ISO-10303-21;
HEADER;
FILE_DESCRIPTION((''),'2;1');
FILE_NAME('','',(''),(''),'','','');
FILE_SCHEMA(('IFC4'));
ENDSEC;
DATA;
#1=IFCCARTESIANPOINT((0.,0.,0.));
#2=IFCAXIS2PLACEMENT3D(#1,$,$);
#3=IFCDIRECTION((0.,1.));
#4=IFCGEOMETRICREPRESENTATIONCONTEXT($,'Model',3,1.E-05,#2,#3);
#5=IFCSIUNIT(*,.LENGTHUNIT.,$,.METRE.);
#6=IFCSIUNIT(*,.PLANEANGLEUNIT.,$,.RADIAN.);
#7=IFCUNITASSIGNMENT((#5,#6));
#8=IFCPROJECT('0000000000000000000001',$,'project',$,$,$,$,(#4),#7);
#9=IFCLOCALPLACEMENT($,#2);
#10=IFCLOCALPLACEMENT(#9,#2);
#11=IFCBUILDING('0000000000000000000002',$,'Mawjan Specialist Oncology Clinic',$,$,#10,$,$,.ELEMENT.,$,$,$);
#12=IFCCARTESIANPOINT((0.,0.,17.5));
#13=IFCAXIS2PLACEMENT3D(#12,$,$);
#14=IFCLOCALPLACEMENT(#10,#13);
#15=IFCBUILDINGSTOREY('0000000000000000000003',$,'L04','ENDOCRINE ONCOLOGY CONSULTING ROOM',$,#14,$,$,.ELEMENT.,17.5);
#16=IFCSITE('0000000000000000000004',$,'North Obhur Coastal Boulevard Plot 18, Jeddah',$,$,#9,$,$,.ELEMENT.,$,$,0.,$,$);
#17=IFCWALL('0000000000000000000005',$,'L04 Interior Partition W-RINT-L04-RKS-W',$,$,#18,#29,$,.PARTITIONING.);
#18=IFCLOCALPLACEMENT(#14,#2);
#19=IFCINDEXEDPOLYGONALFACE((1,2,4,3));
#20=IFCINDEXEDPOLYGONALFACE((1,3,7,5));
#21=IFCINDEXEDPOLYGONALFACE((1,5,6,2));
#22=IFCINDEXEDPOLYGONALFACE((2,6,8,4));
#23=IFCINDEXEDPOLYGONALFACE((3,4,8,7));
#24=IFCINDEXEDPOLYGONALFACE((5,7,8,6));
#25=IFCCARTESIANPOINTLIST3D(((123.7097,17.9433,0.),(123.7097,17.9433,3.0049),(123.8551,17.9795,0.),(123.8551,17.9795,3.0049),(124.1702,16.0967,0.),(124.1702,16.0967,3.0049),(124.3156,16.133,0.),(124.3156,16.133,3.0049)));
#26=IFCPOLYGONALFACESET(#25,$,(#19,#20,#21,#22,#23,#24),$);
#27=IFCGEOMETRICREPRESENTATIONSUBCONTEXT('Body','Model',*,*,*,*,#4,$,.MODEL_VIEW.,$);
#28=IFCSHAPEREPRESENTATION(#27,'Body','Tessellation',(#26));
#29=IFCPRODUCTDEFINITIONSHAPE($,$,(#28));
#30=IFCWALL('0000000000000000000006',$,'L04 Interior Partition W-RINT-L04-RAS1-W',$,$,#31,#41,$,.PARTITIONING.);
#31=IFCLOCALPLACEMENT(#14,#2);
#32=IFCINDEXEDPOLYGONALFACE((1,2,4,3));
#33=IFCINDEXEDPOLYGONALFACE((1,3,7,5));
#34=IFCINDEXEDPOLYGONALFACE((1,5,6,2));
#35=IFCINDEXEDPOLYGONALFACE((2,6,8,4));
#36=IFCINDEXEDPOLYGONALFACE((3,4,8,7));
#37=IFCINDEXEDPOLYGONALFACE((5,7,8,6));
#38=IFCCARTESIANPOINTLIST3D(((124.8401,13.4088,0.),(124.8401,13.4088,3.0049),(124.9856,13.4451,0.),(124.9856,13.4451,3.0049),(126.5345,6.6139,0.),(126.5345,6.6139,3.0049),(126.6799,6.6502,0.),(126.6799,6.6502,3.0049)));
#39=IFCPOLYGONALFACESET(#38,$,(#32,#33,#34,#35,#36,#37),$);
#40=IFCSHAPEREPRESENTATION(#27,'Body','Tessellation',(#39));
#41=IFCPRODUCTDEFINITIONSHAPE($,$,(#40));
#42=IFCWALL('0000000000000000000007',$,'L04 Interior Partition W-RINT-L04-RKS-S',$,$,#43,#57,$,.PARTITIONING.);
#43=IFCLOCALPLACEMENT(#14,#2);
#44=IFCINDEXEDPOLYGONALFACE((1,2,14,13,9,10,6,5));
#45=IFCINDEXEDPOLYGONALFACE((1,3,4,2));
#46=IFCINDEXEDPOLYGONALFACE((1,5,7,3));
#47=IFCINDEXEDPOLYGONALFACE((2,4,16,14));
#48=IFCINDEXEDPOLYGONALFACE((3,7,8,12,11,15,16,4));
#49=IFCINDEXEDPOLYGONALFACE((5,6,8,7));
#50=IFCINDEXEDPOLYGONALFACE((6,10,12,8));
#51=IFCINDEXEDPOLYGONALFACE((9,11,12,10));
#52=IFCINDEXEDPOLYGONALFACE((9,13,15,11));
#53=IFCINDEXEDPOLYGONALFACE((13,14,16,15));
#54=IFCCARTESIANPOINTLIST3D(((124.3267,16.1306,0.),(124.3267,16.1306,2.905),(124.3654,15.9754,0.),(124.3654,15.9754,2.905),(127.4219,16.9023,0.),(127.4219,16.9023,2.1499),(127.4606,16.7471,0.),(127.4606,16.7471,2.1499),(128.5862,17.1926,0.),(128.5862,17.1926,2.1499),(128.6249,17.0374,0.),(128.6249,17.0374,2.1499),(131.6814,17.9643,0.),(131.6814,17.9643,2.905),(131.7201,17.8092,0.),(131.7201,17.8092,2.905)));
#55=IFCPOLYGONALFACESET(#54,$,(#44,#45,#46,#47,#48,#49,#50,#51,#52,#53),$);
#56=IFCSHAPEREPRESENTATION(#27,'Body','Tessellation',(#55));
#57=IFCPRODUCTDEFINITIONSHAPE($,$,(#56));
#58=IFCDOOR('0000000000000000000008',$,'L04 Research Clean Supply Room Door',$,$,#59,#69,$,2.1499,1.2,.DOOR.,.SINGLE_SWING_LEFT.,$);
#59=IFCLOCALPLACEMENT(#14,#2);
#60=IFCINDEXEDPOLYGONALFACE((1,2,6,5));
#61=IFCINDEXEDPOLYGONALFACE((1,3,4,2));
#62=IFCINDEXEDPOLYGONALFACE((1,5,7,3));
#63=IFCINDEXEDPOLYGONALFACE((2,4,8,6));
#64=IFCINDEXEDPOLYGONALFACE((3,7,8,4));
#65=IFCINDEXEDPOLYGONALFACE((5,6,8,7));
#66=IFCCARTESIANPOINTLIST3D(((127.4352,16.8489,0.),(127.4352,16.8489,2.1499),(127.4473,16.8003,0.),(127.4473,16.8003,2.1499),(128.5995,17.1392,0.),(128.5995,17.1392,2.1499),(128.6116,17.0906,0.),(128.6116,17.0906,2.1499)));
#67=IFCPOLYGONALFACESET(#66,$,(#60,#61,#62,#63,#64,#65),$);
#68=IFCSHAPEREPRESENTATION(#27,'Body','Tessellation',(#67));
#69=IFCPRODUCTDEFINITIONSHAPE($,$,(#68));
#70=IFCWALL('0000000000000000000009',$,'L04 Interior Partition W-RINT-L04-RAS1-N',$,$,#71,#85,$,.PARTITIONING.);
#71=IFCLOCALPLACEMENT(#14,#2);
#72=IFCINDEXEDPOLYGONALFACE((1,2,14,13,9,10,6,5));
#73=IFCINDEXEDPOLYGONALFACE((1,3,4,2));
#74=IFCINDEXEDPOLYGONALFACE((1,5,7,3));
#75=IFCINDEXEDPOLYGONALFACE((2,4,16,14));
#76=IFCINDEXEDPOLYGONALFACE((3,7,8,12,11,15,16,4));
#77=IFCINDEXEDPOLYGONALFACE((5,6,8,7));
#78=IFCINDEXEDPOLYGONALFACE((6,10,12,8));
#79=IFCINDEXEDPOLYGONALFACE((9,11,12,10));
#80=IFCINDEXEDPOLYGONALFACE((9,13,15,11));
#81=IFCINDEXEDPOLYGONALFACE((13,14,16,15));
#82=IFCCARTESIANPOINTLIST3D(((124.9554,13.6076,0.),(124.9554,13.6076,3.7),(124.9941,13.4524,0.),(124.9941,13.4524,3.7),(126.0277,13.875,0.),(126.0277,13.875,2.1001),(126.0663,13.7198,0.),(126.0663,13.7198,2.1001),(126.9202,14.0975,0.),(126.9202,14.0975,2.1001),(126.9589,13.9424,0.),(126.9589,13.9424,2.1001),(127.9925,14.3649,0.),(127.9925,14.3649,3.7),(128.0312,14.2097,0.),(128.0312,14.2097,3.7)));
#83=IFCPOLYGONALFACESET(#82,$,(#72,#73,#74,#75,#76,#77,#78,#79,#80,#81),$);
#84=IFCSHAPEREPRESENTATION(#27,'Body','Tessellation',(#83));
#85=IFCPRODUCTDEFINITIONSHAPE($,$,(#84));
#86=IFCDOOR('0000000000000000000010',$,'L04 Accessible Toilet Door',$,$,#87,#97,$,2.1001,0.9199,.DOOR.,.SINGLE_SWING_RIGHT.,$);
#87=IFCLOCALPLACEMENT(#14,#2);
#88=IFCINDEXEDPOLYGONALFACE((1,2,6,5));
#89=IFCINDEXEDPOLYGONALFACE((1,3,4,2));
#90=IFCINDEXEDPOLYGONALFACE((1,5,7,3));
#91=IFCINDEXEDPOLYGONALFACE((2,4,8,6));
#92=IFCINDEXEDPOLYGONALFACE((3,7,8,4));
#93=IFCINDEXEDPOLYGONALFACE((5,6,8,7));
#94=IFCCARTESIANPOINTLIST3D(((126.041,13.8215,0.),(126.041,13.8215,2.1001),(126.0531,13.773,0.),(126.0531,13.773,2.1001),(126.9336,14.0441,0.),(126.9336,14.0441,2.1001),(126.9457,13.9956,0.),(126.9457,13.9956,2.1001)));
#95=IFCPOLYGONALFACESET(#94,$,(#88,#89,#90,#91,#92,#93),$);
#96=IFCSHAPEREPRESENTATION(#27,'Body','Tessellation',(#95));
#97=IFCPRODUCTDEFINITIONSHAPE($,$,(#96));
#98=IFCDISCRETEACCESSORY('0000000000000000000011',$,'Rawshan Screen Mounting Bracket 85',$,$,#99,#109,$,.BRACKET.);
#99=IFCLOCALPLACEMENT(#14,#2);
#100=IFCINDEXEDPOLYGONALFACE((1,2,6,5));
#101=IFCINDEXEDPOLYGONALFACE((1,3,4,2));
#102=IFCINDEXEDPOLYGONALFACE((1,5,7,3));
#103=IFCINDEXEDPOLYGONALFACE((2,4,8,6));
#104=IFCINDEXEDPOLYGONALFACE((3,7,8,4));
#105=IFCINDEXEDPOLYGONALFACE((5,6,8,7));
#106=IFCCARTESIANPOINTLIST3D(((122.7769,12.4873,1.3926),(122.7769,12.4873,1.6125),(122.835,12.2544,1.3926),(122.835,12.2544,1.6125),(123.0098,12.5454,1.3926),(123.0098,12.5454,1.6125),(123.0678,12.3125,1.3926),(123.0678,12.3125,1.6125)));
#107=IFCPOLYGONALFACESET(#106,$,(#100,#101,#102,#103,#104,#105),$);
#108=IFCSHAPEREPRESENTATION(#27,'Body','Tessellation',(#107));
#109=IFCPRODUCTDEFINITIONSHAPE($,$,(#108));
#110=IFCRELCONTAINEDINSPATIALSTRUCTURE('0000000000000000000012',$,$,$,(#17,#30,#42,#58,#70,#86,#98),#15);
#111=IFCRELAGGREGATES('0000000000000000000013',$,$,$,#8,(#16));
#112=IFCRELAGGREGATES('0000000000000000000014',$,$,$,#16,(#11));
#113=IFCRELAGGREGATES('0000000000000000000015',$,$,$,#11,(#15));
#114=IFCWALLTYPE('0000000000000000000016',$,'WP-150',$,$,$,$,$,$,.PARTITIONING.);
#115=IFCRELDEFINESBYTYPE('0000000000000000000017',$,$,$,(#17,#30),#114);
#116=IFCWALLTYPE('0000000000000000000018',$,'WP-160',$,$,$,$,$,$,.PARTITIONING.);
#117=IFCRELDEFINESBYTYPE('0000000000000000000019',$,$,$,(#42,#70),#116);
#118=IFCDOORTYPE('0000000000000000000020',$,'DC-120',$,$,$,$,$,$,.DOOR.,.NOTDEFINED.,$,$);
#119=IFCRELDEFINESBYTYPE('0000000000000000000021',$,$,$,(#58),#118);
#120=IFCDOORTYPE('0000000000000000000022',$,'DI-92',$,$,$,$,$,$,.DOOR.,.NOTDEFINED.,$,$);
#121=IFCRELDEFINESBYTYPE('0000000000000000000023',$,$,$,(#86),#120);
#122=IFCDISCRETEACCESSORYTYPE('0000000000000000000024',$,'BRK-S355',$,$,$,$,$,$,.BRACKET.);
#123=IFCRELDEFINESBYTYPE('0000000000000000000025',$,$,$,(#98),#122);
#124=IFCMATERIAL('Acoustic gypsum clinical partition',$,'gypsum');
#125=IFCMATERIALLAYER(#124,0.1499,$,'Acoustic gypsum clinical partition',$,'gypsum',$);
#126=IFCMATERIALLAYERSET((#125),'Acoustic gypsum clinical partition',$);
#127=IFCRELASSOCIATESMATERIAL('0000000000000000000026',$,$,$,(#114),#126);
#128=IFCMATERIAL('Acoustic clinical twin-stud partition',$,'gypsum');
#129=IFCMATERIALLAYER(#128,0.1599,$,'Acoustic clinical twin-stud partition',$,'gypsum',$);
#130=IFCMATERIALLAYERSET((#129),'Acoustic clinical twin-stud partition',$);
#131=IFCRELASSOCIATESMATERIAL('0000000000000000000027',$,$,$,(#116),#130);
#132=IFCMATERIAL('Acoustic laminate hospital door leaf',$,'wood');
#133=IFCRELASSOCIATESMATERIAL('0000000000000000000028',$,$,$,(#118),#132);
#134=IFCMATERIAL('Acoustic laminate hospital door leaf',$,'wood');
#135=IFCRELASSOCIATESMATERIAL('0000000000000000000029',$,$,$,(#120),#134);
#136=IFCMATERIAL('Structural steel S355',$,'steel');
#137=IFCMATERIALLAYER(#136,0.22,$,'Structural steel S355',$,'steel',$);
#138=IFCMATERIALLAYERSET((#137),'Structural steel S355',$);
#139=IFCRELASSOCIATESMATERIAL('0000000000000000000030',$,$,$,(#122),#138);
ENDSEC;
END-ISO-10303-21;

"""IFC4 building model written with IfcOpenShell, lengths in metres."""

from ifc_helpers import new_model, si_unit, direction, frame, frame_2d, origin, origin_2d, place, context, subcontext, project, spatial, rectangle, extrude, material, layer, layer_set, type_object, element, fill, save


model = new_model("IFC4")

# Units and contexts
model_context = context("Model", 3, precision=1e-05, world=origin(), true_north=direction((0.0, 1.0)))
body_context = subcontext(model_context, "Body", "Model", "MODEL_VIEW")
ifc_project = project(units=[si_unit("LENGTHUNIT", "METRE"), si_unit("PLANEANGLEUNIT", "RADIAN")], contexts=[model_context])

# Site, building, storey
site_placement = place(None, origin())
site = spatial("IfcSite", under=ifc_project, at=site_placement, Name="North Obhur Coastal Boulevard Plot 18, Jeddah", CompositionType="ELEMENT", RefElevation=0.0)
building_placement = place(site_placement, origin())
building = spatial("IfcBuilding", under=site, at=building_placement, Name="Mawjan Specialist Oncology Clinic", CompositionType="ELEMENT")
storey_placement = place(building_placement, frame((0.0, 0.0, 17.5)))
storey = spatial("IfcBuildingStorey", under=building, at=storey_placement, Name="L04", Description="ENDOCRINE ONCOLOGY CONSULTING ROOM", CompositionType="ELEMENT", Elevation=17.5)

# Walls
ifc_material_1 = material(Name="Acoustic gypsum clinical partition", Category="gypsum")
ifc_layer_1 = layer(ifc_material_1, 0.1499, Name="Acoustic gypsum clinical partition", Category="gypsum")
ifc_layer_set_1 = layer_set([ifc_layer_1], Name="Acoustic gypsum clinical partition")
wall_type_1 = type_object("IfcWallType", Name="WP-150", PredefinedType="PARTITIONING", material=ifc_layer_set_1)
wall_1_placement = place(storey_placement, frame((124.2429, 16.1147, 0.0), z_axis=(0.0, 0.0, 1.0), x_axis=(-0.241962, 0.970286, 0.0)))
element("IfcWall", 1, at=wall_1_placement, inside=storey, type_object=wall_type_1, Name="L04 Interior Partition W-RINT-L04-RKS-W", PredefinedType="PARTITIONING", context=body_context, shape_type="SweptSolid", body=[
    extrude(rectangle(XDim=1.9031, YDim=0.1499, at=frame_2d((0.9517, 0.0))), origin(), (0.0, 0.0, 1.0), 3.0049),
])
wall_2_placement = place(storey_placement, frame((126.6072, 6.6321, 0.0), z_axis=(0.0, 0.0, 1.0), x_axis=(-0.241945, 0.97029, 0.0)))
element("IfcWall", 2, at=wall_2_placement, inside=storey, type_object=wall_type_1, Name="L04 Interior Partition W-RINT-L04-RAS1-W", PredefinedType="PARTITIONING", context=body_context, shape_type="SweptSolid", body=[
    extrude(rectangle(XDim=7.0029, YDim=0.1499, at=frame_2d((3.5015, 0.0))), origin(), (0.0, 0.0, 1.0), 3.0049),
])

# Walls, openings, doors
ifc_material_2 = material(Name="Acoustic clinical twin-stud partition", Category="gypsum")
ifc_layer_2 = layer(ifc_material_2, 0.1599, Name="Acoustic clinical twin-stud partition", Category="gypsum")
ifc_layer_set_2 = layer_set([ifc_layer_2], Name="Acoustic clinical twin-stud partition")
wall_type_2 = type_object("IfcWallType", Name="WP-160", PredefinedType="PARTITIONING", material=ifc_layer_set_2)
wall_3_placement = place(storey_placement, frame((124.3459, 16.053, 0.0), z_axis=(0.0, 0.0, 1.0), x_axis=(0.970296, 0.241922, 0.0)))
wall_3 = element("IfcWall", 3, at=wall_3_placement, inside=storey, type_object=wall_type_2, Name="L04 Interior Partition W-RINT-L04-RKS-S", PredefinedType="PARTITIONING", context=body_context, shape_type="SweptSolid", body=[
    extrude(rectangle(XDim=7.5798, YDim=0.1599, at=frame_2d((3.79, 0.0))), origin(), (0.0, 0.0, 1.0), 2.905),
])
opening_1_placement = place(wall_3_placement, frame((3.1899, 0.0, 0.0)))
opening_1 = element("IfcOpeningElement", 4, at=opening_1_placement, cuts=wall_3, PredefinedType="OPENING", context=body_context, shape_type="SweptSolid", body=[
    extrude(rectangle(XDim=1.2, YDim=2.1499, at=frame_2d((0.6001, 1.075))), frame((0.0, 0.092, 0.0), z_axis=(0.0, -1.0, 0.0), x_axis=(1.0, 0.0, 0.0)), (0.0, 0.0, 1.0), 0.1838),
])
ifc_material_3 = material(Name="Acoustic laminate hospital door leaf", Category="wood")
door_type_1 = type_object("IfcDoorType", Name="DC-120", OperationType="NOTDEFINED", PredefinedType="DOOR", material=ifc_material_3)
door_1_placement = place(opening_1_placement, origin())
door_1 = element("IfcDoor", 5, at=door_1_placement, inside=storey, type_object=door_type_1, Name="L04 Research Clean Supply Room Door", OperationType="SINGLE_SWING_LEFT", OverallHeight=2.1499, OverallWidth=1.2, PredefinedType="DOOR", context=body_context, shape_type="SweptSolid", body=[
    extrude(rectangle(XDim=1.2, YDim=2.1499, at=frame_2d((0.6001, 1.075))), frame((0.0, 0.0249, 0.0), z_axis=(0.0, -1.0, 0.0), x_axis=(1.0, 0.0, 0.0)), (0.0, 0.0, 1.0), 0.05),
])
fill(opening_1, door_1)
wall_4_placement = place(storey_placement, frame((124.9749, 13.53, 0.0), z_axis=(0.0, 0.0, 1.0), x_axis=(0.970289, 0.241948, 0.0)))
wall_4 = element("IfcWall", 6, at=wall_4_placement, inside=storey, type_object=wall_type_2, Name="L04 Interior Partition W-RINT-L04-RAS1-N", PredefinedType="PARTITIONING", context=body_context, shape_type="SweptSolid", body=[
    extrude(rectangle(XDim=3.1301, YDim=0.1599, at=frame_2d((1.5649, 0.0))), origin(), (0.0, 0.0, 1.0), 3.7),
])
opening_2_placement = place(wall_4_placement, frame((1.105, 0.0, 0.0)))
opening_2 = element("IfcOpeningElement", 7, at=opening_2_placement, cuts=wall_4, PredefinedType="OPENING", context=body_context, shape_type="SweptSolid", body=[
    extrude(rectangle(XDim=0.9199, YDim=2.1001, at=frame_2d((0.46, 1.05))), frame((0.0, 0.092, 0.0), z_axis=(0.0, -1.0, 0.0), x_axis=(1.0, 0.0, 0.0)), (0.0, 0.0, 1.0), 0.1838),
])
ifc_material_4 = material(Name="Acoustic laminate hospital door leaf", Category="wood")
door_type_2 = type_object("IfcDoorType", Name="DI-92", OperationType="NOTDEFINED", PredefinedType="DOOR", material=ifc_material_4)
door_2_placement = place(opening_2_placement, origin())
door_2 = element("IfcDoor", 8, at=door_2_placement, inside=storey, type_object=door_type_2, Name="L04 Accessible Toilet Door", OperationType="SINGLE_SWING_RIGHT", OverallHeight=2.1001, OverallWidth=0.9199, PredefinedType="DOOR", context=body_context, shape_type="SweptSolid", body=[
    extrude(rectangle(XDim=0.9199, YDim=2.1001, at=frame_2d((0.46, 1.05))), frame((0.0, 0.0249, 0.0), z_axis=(0.0, -1.0, 0.0), x_axis=(1.0, 0.0, 0.0)), (0.0, 0.0, 1.0), 0.05),
])
fill(opening_2, door_2)

# Discrete accessory
ifc_material_5 = material(Name="Structural steel S355", Category="steel")
ifc_layer_3 = layer(ifc_material_5, 0.22, Name="Structural steel S355", Category="steel")
ifc_layer_set_3 = layer_set([ifc_layer_3], Name="Structural steel S355")
discrete_accessory_type = type_object("IfcDiscreteAccessoryType", Name="BRK-S355", PredefinedType="BRACKET", material=ifc_layer_set_3)
discrete_accessory_placement = place(storey_placement, frame((122.9224, 12.3999, 1.3926), z_axis=(0.0, 0.0, 1.0), x_axis=(-0.241922, 0.970296, 0.0)))
element("IfcDiscreteAccessory", 9, at=discrete_accessory_placement, inside=storey, type_object=discrete_accessory_type, Name="Rawshan Screen Mounting Bracket 85", PredefinedType="BRACKET", context=body_context, shape_type="SweptSolid", body=[
    extrude(rectangle(XDim=0.24, YDim=0.24, at=origin_2d()), origin(), (0.0, 0.0, 1.0), 0.22),
])

save(model, "model.ifc")
